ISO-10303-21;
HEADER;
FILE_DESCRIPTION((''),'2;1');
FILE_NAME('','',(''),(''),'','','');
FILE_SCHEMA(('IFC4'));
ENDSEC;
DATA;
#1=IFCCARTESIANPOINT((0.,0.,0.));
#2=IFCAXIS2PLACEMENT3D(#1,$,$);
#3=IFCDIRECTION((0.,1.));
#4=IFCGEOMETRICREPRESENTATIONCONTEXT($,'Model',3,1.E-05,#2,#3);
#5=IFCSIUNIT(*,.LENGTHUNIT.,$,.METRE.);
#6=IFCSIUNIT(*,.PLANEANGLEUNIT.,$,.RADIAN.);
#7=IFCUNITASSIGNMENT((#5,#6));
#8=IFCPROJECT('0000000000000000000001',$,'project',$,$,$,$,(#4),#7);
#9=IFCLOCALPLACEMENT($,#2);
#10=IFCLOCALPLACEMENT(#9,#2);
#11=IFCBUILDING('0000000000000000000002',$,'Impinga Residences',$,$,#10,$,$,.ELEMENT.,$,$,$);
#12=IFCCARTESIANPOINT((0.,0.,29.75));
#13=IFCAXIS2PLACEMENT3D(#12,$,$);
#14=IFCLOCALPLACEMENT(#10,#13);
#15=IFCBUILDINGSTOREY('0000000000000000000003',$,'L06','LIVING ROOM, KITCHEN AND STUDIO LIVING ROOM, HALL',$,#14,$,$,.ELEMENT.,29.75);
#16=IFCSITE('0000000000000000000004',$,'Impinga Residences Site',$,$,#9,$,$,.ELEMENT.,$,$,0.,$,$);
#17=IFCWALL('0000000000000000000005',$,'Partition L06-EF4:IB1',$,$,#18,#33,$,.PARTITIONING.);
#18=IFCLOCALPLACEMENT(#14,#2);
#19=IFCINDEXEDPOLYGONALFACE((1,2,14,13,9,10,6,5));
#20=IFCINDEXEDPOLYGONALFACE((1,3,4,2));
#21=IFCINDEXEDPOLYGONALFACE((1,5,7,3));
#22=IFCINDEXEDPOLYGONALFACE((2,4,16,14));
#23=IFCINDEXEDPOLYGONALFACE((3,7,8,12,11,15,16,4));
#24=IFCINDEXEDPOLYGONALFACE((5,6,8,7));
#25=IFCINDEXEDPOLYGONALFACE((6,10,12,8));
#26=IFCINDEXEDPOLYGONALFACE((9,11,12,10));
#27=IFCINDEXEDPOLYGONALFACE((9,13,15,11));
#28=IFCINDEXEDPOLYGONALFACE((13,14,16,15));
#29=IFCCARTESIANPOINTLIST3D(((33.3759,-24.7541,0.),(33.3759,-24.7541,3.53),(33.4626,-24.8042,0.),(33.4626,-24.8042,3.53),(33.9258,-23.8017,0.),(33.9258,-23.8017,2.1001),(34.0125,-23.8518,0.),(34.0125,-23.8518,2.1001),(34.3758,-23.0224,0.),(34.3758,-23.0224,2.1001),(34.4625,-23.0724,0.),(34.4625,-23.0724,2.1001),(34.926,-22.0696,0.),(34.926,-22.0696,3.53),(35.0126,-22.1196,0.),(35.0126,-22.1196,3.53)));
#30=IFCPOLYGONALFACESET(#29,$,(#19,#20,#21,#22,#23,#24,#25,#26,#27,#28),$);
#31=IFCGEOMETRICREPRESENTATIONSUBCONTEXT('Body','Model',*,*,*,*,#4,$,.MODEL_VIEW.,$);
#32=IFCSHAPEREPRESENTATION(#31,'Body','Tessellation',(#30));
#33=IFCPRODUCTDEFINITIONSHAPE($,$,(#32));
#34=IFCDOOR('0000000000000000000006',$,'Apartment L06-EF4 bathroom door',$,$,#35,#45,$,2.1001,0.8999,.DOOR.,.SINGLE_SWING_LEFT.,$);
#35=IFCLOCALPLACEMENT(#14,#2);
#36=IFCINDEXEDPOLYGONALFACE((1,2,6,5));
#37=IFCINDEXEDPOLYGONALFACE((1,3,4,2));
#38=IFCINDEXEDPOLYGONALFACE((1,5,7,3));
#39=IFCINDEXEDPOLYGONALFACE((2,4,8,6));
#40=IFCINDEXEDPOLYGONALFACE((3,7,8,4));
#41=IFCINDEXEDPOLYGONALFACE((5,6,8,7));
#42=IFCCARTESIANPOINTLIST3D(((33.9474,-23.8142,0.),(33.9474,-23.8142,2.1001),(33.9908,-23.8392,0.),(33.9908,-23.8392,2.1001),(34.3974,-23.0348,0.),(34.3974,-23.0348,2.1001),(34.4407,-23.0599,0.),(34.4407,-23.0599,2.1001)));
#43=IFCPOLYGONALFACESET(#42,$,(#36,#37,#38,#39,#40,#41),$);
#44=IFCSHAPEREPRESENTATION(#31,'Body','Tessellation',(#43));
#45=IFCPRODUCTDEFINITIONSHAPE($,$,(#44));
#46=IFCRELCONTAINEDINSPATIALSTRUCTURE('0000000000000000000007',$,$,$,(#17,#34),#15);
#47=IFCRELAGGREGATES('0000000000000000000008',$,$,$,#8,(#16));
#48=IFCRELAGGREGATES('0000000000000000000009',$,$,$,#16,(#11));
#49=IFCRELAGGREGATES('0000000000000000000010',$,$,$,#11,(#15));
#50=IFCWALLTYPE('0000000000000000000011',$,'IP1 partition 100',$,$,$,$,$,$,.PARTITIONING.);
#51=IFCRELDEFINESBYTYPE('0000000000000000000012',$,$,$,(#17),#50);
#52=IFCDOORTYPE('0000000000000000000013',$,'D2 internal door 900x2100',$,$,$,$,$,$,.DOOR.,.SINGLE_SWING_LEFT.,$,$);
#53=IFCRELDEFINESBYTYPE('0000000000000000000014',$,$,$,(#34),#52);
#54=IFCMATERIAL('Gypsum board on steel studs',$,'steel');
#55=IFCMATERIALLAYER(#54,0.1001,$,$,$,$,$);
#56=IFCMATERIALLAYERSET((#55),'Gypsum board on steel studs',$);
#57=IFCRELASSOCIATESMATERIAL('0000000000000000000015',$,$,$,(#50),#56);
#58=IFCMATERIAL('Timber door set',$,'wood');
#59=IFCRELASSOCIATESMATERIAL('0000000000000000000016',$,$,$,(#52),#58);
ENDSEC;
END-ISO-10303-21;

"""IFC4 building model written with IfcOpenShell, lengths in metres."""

from ifc_helpers import new_model, si_unit, direction, frame, frame_2d, origin, place, context, subcontext, project, spatial, rectangle, extrude, material, layer, layer_set, type_object, element, fill, save


model = new_model("IFC4")

# Units and contexts
model_context = context("Model", 3, precision=1e-05, world=origin(), true_north=direction((0.0, 1.0)))
body_context = subcontext(model_context, "Body", "Model", "MODEL_VIEW")
ifc_project = project(units=[si_unit("LENGTHUNIT", "METRE"), si_unit("PLANEANGLEUNIT", "RADIAN")], contexts=[model_context])

# Site, building, storey
site_placement = place(None, origin())
site = spatial("IfcSite", under=ifc_project, at=site_placement, Name="Impinga Residences Site", CompositionType="ELEMENT", RefElevation=0.0)
building_placement = place(site_placement, origin())
building = spatial("IfcBuilding", under=site, at=building_placement, Name="Impinga Residences", CompositionType="ELEMENT")
storey_placement = place(building_placement, frame((0.0, 0.0, 29.75)))
storey = spatial("IfcBuildingStorey", under=building, at=storey_placement, Name="L06", Description="LIVING ROOM, KITCHEN AND STUDIO LIVING ROOM, HALL", CompositionType="ELEMENT", Elevation=29.75)

# Shared definitions
ifc_material_1 = material(Name="Gypsum board on steel studs", Category="steel")
ifc_layer_1 = layer(ifc_material_1, 0.1001)
ifc_layer_set_1 = layer_set([ifc_layer_1], Name="Gypsum board on steel studs")
wall_type_1 = type_object("IfcWallType", Name="IP1 partition 100", PredefinedType="PARTITIONING", material=ifc_layer_set_1)

# Wall, opening, door
wall_1_placement = place(storey_placement, frame((34.9692, -22.0947, 0.0), z_axis=(0.0, 0.0, 1.0), x_axis=(-0.500027, -0.86601, 0.0)))
wall_1 = element("IfcWall", 1, at=wall_1_placement, inside=storey, type_object=wall_type_1, Name="Partition L06-EF4:IB1", PredefinedType="PARTITIONING", context=body_context, shape_type="SweptSolid", body=[
    extrude(rectangle(XDim=3.0999, YDim=0.1001, at=frame_2d((1.5498, 0.0))), origin(), (0.0, 0.0, 1.0), 3.53),
])
opening_1_placement = place(wall_1_placement, frame((1.1001, 0.0, 0.0)))
opening_1 = element("IfcOpeningElement", 2, at=opening_1_placement, cuts=wall_1, PredefinedType="OPENING", context=body_context, shape_type="SweptSolid", body=[
    extrude(rectangle(XDim=0.8999, YDim=2.1001, at=frame_2d((0.45, 1.05))), frame((0.0, 0.0601, 0.0), z_axis=(0.0, -1.0, 0.0), x_axis=(1.0, 0.0, 0.0)), (0.0, 0.0, 1.0), 0.1201),
])
ifc_material_2 = material(Name="Timber door set", Category="wood")
door_type = type_object("IfcDoorType", Name="D2 internal door 900x2100", OperationType="SINGLE_SWING_LEFT", PredefinedType="DOOR", material=ifc_material_2)
door_placement = place(opening_1_placement, origin())
door = element("IfcDoor", 3, at=door_placement, inside=storey, type_object=door_type, Name="Apartment L06-EF4 bathroom door", OperationType="SINGLE_SWING_LEFT", OverallHeight=2.1001, OverallWidth=0.8999, PredefinedType="DOOR", context=body_context, shape_type="SweptSolid", body=[
    extrude(rectangle(XDim=0.8999, YDim=2.1001, at=frame_2d((0.45, 1.05))), frame((0.0, 0.0249, 0.0), z_axis=(0.0, -1.0, 0.0), x_axis=(1.0, 0.0, 0.0)), (0.0, 0.0, 1.0), 0.05),
])
fill(opening_1, door)

save(model, "model.ifc")
